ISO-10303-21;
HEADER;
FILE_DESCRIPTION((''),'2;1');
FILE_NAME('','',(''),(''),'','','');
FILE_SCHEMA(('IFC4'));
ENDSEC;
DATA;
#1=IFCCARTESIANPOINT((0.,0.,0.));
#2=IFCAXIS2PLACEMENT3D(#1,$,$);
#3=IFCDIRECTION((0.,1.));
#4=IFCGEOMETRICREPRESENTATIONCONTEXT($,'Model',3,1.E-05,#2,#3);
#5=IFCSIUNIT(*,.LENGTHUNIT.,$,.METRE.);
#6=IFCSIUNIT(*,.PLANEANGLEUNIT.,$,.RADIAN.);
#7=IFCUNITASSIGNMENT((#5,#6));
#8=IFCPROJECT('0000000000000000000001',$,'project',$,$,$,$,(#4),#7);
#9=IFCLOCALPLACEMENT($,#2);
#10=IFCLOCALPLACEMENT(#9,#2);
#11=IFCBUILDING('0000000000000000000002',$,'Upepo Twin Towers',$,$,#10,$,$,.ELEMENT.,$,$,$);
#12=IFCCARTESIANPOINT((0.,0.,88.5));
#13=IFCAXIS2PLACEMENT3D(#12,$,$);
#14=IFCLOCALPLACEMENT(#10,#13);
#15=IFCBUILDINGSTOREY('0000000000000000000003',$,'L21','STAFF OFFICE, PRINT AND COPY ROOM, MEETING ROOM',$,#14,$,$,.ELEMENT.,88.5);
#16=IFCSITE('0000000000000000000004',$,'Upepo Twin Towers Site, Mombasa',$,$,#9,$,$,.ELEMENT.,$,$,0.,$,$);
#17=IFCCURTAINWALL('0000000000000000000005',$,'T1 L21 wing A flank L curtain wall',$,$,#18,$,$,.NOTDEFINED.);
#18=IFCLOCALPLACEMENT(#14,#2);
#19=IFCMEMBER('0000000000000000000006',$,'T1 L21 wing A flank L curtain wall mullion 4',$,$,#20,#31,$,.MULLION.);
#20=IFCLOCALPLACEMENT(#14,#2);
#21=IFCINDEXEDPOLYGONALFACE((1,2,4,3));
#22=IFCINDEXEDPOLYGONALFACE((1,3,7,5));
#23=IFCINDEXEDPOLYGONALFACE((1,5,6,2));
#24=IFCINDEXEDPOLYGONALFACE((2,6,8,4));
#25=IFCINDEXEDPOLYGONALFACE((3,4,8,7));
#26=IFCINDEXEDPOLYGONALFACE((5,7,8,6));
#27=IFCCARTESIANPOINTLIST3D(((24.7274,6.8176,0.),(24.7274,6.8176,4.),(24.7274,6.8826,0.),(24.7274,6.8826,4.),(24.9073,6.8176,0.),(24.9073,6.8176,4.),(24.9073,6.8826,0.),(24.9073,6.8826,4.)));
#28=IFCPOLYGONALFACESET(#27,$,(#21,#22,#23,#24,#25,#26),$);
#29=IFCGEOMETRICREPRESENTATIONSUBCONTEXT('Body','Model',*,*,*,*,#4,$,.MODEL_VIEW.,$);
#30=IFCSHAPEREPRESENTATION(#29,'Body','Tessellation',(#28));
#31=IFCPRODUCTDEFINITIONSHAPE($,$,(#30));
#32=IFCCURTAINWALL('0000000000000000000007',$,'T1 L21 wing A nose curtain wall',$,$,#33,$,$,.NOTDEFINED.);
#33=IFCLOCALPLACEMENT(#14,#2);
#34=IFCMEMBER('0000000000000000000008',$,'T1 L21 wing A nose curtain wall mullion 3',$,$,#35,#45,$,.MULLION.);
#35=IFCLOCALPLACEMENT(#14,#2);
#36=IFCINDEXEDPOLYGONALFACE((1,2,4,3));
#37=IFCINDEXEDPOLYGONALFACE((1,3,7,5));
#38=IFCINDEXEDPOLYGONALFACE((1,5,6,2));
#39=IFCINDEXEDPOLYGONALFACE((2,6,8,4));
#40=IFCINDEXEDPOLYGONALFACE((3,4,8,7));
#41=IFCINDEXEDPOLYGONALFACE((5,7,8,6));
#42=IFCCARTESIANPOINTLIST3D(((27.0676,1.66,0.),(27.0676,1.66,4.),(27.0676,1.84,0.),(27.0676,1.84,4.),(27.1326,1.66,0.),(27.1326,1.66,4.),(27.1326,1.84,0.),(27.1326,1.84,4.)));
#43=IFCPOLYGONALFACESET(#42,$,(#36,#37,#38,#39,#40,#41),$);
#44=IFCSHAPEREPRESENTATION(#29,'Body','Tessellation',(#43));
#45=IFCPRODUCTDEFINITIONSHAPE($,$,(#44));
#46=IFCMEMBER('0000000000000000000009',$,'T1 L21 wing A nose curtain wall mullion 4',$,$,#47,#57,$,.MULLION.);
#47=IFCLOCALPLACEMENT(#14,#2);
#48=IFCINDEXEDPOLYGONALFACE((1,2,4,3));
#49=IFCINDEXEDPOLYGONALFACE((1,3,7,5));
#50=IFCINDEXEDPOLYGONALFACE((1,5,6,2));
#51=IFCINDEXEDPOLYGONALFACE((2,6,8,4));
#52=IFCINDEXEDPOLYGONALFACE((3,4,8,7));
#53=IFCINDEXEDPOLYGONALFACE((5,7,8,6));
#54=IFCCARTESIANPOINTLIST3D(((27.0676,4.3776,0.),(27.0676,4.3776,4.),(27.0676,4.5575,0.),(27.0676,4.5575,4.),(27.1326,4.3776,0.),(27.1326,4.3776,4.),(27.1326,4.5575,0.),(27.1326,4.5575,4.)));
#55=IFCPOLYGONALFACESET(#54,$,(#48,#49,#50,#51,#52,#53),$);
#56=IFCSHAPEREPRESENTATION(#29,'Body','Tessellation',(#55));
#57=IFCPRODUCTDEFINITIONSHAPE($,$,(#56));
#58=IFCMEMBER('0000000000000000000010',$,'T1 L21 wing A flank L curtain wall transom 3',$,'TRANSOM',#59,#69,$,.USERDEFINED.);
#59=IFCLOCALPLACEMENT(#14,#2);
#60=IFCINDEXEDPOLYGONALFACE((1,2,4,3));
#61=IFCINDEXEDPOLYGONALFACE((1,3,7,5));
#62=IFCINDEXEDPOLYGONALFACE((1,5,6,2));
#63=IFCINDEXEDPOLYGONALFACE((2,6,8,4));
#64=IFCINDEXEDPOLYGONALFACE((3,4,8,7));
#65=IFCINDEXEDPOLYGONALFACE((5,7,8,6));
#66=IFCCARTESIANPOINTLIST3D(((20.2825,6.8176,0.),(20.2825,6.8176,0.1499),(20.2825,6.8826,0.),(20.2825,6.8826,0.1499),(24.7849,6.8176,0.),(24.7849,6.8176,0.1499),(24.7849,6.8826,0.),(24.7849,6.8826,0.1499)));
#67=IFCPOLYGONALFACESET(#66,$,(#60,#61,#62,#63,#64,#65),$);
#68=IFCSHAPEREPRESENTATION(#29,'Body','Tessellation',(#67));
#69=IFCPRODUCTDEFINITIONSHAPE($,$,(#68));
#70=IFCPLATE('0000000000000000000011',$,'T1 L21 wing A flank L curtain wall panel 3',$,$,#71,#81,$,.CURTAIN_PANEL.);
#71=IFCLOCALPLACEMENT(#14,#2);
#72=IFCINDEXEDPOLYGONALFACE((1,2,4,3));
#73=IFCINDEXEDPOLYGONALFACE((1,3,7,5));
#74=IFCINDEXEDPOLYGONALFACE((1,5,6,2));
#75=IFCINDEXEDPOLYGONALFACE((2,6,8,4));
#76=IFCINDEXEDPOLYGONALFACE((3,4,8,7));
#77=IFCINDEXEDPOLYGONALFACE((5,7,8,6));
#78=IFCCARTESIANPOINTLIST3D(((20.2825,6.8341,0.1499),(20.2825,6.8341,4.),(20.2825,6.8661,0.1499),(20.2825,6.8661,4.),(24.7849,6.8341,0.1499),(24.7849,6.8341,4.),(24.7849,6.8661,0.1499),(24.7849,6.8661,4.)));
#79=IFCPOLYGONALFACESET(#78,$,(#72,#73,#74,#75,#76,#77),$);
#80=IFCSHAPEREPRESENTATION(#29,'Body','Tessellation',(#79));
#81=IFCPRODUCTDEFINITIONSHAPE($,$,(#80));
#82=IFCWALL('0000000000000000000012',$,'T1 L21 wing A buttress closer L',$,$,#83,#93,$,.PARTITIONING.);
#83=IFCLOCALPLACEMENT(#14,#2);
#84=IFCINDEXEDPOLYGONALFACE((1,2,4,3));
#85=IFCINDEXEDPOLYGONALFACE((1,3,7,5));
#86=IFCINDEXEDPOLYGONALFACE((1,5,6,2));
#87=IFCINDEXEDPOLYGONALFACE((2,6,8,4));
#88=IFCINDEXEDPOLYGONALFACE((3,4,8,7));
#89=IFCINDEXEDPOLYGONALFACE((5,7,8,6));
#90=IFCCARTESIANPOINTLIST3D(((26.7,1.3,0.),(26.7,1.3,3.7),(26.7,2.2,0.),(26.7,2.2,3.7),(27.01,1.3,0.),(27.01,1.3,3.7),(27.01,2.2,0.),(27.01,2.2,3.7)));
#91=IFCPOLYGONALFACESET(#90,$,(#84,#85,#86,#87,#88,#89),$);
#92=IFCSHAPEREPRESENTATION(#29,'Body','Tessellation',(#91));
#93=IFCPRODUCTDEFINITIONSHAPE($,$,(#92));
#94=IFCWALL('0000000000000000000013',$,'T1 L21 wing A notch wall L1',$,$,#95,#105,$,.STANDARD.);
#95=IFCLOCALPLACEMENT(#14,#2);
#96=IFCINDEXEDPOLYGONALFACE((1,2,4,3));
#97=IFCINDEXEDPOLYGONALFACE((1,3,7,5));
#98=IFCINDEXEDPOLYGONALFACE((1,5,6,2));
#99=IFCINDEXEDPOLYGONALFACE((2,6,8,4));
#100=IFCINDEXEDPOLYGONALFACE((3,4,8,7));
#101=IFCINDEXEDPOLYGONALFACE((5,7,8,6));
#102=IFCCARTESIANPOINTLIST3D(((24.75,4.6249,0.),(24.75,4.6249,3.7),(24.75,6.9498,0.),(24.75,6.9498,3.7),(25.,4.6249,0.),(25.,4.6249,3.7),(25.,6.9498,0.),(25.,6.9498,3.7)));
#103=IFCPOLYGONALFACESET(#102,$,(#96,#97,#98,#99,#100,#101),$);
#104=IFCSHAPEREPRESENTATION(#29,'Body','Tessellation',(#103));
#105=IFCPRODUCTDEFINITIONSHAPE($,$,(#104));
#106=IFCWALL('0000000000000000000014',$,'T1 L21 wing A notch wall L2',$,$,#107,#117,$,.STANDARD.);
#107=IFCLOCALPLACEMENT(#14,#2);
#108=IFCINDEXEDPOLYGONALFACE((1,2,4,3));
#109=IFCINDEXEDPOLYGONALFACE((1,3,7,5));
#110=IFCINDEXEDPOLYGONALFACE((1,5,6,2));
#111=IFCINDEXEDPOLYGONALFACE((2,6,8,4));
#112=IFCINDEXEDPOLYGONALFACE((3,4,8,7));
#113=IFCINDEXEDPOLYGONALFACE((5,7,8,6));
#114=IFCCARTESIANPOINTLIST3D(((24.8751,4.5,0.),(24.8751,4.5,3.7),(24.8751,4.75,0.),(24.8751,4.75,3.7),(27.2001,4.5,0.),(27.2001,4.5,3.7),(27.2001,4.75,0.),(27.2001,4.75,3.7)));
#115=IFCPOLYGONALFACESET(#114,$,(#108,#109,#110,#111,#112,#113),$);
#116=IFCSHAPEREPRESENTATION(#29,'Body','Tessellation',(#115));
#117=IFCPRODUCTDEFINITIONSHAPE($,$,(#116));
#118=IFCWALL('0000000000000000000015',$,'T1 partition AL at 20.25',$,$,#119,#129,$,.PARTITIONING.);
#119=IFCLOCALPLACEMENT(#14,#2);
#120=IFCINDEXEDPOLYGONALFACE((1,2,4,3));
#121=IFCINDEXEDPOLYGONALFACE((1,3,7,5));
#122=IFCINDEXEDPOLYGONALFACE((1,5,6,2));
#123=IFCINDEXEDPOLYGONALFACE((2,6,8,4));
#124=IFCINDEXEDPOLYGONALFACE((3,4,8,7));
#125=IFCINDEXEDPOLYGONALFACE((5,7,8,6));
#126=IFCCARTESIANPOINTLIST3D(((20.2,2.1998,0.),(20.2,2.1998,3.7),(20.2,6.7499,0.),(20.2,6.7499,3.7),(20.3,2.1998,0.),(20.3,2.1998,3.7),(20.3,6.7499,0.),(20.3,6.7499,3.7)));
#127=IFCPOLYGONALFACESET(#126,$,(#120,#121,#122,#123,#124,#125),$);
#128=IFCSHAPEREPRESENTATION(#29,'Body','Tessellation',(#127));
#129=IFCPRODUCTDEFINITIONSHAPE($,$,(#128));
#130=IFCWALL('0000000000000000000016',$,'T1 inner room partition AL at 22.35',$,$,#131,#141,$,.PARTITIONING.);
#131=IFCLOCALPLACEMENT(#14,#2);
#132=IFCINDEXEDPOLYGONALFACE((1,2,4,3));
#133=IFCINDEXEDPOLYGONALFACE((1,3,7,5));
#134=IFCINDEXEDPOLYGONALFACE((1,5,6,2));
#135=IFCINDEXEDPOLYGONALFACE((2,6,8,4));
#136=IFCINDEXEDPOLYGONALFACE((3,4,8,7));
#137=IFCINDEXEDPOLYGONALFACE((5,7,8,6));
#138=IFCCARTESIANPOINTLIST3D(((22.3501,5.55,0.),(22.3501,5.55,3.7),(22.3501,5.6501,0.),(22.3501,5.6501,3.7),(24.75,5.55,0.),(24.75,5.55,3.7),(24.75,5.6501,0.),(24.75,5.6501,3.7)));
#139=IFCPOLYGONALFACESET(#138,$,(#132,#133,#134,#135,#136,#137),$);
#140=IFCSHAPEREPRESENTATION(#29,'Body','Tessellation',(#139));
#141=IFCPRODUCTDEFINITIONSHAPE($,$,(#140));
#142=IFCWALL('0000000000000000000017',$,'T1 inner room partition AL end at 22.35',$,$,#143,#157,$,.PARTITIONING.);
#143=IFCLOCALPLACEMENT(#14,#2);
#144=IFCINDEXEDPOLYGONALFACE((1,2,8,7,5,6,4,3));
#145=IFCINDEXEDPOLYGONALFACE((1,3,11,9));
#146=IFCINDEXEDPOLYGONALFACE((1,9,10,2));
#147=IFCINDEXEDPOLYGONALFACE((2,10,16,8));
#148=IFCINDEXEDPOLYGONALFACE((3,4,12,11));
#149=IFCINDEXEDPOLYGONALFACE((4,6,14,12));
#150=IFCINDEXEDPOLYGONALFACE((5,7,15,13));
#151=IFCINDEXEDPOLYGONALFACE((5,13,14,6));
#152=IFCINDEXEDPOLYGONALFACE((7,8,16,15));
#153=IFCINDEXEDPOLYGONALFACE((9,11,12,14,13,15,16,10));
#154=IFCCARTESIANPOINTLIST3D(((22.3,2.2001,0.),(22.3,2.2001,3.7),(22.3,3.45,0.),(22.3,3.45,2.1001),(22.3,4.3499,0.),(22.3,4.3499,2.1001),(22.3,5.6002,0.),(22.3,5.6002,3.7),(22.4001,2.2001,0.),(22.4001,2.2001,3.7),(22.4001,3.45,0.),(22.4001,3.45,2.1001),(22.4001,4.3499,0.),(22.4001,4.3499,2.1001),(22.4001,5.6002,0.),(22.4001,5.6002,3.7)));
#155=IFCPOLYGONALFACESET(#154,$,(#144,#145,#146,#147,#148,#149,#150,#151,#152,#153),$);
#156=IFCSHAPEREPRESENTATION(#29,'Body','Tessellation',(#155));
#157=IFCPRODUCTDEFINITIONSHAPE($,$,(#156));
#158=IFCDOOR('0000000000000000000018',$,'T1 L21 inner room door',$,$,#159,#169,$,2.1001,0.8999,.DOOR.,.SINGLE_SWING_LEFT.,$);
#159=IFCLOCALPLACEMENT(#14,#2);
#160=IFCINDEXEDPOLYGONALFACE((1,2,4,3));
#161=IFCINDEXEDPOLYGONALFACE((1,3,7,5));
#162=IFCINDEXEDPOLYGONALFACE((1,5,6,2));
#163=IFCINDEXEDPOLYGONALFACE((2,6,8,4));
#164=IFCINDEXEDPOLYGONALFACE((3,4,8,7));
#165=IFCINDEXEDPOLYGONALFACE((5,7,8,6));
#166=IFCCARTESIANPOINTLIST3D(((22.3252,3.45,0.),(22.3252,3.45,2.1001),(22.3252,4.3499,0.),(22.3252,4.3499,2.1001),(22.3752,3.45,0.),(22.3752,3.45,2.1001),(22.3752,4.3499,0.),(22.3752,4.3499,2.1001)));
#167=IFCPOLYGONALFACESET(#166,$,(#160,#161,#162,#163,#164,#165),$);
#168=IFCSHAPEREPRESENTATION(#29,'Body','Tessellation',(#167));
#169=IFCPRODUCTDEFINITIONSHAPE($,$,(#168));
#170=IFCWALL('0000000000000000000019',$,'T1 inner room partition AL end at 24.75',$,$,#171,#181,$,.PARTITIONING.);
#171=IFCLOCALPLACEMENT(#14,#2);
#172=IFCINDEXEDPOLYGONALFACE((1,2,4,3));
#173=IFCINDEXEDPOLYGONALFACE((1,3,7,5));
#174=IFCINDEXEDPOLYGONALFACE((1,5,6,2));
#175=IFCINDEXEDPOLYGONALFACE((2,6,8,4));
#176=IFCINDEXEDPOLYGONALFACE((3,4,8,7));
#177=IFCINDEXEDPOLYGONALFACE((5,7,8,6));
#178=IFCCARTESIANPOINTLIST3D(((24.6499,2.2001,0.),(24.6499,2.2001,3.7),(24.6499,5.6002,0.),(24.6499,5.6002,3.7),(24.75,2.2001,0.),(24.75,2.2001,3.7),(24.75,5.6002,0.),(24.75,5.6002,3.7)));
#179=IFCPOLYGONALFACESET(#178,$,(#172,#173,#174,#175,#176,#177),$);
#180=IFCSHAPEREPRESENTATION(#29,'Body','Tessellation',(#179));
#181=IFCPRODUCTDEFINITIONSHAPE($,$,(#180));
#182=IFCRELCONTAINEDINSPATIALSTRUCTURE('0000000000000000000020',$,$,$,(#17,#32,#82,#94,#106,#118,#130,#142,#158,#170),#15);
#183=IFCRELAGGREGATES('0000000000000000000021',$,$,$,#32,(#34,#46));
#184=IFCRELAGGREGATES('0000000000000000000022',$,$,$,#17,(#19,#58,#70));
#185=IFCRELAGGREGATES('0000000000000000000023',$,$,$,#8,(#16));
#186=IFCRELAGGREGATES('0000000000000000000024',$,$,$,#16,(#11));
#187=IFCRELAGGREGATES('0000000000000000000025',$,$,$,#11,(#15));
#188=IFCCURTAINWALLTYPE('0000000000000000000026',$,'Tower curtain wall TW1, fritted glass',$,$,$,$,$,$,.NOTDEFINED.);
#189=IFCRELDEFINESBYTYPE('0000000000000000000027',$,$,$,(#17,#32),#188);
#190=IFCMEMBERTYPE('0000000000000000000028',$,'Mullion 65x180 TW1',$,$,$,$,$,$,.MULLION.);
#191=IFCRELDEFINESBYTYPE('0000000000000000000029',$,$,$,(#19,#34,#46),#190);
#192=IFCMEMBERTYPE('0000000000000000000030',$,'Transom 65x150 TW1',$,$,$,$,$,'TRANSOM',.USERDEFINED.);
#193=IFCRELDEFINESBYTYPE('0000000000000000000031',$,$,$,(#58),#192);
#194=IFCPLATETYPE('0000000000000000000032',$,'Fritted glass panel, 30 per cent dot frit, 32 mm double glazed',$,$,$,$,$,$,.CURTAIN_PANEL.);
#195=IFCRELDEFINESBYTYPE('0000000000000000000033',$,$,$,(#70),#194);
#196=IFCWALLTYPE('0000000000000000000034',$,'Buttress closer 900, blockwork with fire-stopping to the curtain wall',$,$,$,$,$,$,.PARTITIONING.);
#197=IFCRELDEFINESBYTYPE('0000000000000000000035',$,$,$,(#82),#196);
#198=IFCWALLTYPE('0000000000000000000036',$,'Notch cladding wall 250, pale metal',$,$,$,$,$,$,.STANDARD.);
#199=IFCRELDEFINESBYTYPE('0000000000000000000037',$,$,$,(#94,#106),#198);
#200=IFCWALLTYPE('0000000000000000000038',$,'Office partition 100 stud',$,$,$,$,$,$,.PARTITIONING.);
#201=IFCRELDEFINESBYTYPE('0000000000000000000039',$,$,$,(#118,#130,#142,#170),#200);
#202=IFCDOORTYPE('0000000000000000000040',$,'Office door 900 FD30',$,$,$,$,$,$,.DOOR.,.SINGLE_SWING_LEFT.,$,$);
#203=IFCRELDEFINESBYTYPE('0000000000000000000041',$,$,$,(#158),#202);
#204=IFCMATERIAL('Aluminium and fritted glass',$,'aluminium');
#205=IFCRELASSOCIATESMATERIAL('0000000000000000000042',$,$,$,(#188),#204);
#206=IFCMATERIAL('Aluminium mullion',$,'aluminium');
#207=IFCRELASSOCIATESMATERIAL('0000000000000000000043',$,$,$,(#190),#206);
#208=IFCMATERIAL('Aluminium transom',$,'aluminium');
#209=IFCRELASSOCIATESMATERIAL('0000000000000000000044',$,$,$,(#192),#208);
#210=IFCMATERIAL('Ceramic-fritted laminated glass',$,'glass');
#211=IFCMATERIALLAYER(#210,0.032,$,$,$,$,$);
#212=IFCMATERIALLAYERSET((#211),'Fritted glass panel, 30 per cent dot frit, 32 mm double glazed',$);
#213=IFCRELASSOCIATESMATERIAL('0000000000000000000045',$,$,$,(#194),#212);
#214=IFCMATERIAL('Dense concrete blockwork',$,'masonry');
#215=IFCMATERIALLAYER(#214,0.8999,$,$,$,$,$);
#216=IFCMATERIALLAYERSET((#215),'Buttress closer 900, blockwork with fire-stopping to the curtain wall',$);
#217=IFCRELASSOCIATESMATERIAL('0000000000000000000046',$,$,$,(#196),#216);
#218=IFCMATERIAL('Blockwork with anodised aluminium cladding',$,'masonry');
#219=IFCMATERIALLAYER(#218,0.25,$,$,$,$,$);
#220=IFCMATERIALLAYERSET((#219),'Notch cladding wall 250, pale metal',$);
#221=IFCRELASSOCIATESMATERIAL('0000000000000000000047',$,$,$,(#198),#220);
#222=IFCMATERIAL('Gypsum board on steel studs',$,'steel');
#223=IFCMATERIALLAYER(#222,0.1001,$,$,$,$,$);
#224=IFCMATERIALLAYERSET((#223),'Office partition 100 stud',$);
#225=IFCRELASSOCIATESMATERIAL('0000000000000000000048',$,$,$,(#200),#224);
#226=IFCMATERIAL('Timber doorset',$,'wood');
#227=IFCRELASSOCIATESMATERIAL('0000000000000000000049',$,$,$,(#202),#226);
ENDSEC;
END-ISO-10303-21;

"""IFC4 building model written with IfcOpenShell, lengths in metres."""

from ifc_helpers import new_model, si_unit, direction, frame, frame_2d, origin, origin_2d, place, context, subcontext, project, spatial, rectangle, extrude, material, layer, layer_set, material_profile, profile_set, type_object, element, fill, aggregate, save


model = new_model("IFC4")

# Units and contexts
model_context = context("Model", 3, precision=1e-05, world=origin(), true_north=direction((0.0, 1.0)))
body_context = subcontext(model_context, "Body", "Model", "MODEL_VIEW")
ifc_project = project(units=[si_unit("LENGTHUNIT", "METRE"), si_unit("PLANEANGLEUNIT", "RADIAN")], contexts=[model_context])

# Site, building, storey
site_placement = place(None, origin())
site = spatial("IfcSite", under=ifc_project, at=site_placement, Name="Upepo Twin Towers Site, Mombasa", CompositionType="ELEMENT", RefElevation=0.0)
building_placement = place(site_placement, origin())
building = spatial("IfcBuilding", under=site, at=building_placement, Name="Upepo Twin Towers", CompositionType="ELEMENT")
storey_placement = place(building_placement, frame((0.0, 0.0, 88.5)))
storey = spatial("IfcBuildingStorey", under=building, at=storey_placement, Name="L21", Description="STAFF OFFICE, PRINT AND COPY ROOM, MEETING ROOM", CompositionType="ELEMENT", Elevation=88.5)

# Curtain walls, members
ifc_material_1 = material(Name="Aluminium and fritted glass", Category="aluminium")
curtain_wall_type = type_object("IfcCurtainWallType", Name="Tower curtain wall TW1, fritted glass", PredefinedType="NOTDEFINED", material=ifc_material_1)
curtain_wall_1_placement = place(storey_placement, origin())
curtain_wall_1 = element("IfcCurtainWall", 1, at=curtain_wall_1_placement, inside=storey, type_object=curtain_wall_type, Name="T1 L21 wing A flank L curtain wall", PredefinedType="NOTDEFINED")
ifc_material_2 = material(Name="Aluminium mullion", Category="aluminium")
ifc_material_profile_1 = material_profile(ifc_material_2, rectangle(XDim=0.0649, YDim=0.1799, at=origin_2d()), Name="MULLION 65x180")
ifc_profile_set_1 = profile_set([ifc_material_profile_1], Name="Aluminium mullion")
member_type_1 = type_object("IfcMemberType", Name="Mullion 65x180 TW1", PredefinedType="MULLION", material=ifc_profile_set_1)
member_1_placement = place(storey_placement, frame((24.8174, 6.8501, 0.0), z_axis=(0.0, 0.0, 1.0), x_axis=(0.0, 1.0, 0.0)))
member_1 = element("IfcMember", 2, at=member_1_placement, type_object=member_type_1, Name="T1 L21 wing A flank L curtain wall mullion 4", PredefinedType="MULLION", context=body_context, shape_type="SweptSolid", body=[
    extrude(rectangle(XDim=0.0649, YDim=0.1799, at=origin_2d()), origin(), (0.0, 0.0, 1.0), 4.0),
])
curtain_wall_2_placement = place(storey_placement, origin())
curtain_wall_2 = element("IfcCurtainWall", 3, at=curtain_wall_2_placement, inside=storey, type_object=curtain_wall_type, Name="T1 L21 wing A nose curtain wall", PredefinedType="NOTDEFINED")
member_2_placement = place(storey_placement, frame((27.1001, 1.75, 0.0), z_axis=(0.0, 0.0, 1.0), x_axis=(-1.0, 0.0, 0.0)))
member_2 = element("IfcMember", 4, at=member_2_placement, type_object=member_type_1, Name="T1 L21 wing A nose curtain wall mullion 3", PredefinedType="MULLION", context=body_context, shape_type="SweptSolid", body=[
    extrude(rectangle(XDim=0.0649, YDim=0.1799, at=origin_2d()), origin(), (0.0, 0.0, 1.0), 4.0),
])
member_3_placement = place(storey_placement, frame((27.1001, 4.4675, 0.0), z_axis=(0.0, 0.0, 1.0), x_axis=(-1.0, 0.0, 0.0)))
member_3 = element("IfcMember", 5, at=member_3_placement, type_object=member_type_1, Name="T1 L21 wing A nose curtain wall mullion 4", PredefinedType="MULLION", context=body_context, shape_type="SweptSolid", body=[
    extrude(rectangle(XDim=0.0649, YDim=0.1799, at=origin_2d()), origin(), (0.0, 0.0, 1.0), 4.0),
])
aggregate(curtain_wall_2, [member_2, member_3])

# Member
ifc_material_3 = material(Name="Aluminium transom", Category="aluminium")
ifc_material_profile_2 = material_profile(ifc_material_3, rectangle(XDim=0.0649, YDim=0.1499, at=origin_2d()), Name="TRANSOM 65x150")
ifc_profile_set_2 = profile_set([ifc_material_profile_2], Name="Aluminium transom")
member_type_2 = type_object("IfcMemberType", Name="Transom 65x150 TW1", ElementType="TRANSOM", PredefinedType="USERDEFINED", material=ifc_profile_set_2)
member_4_placement = place(storey_placement, frame((20.2825, 6.8501, 0.075), z_axis=(1.0, 0.0, 0.0), x_axis=(0.0, 1.0, 0.0)))
member_4 = element("IfcMember", 6, at=member_4_placement, type_object=member_type_2, Name="T1 L21 wing A flank L curtain wall transom 3", ObjectType="TRANSOM", PredefinedType="USERDEFINED", context=body_context, shape_type="SweptSolid", body=[
    extrude(rectangle(XDim=0.0649, YDim=0.1499, at=origin_2d()), origin(), (0.0, 0.0, 1.0), 4.5024),
])

# Plate
ifc_material_4 = material(Name="Ceramic-fritted laminated glass", Category="glass")
ifc_layer_1 = layer(ifc_material_4, 0.032)
ifc_layer_set_1 = layer_set([ifc_layer_1], Name="Fritted glass panel, 30 per cent dot frit, 32 mm double glazed")
plate_type = type_object("IfcPlateType", Name="Fritted glass panel, 30 per cent dot frit, 32 mm double glazed", PredefinedType="CURTAIN_PANEL", material=ifc_layer_set_1)
plate_placement = place(storey_placement, frame((22.5337, 6.8501, 0.1499), z_axis=(0.0, 0.0, 1.0), x_axis=(1.0, 0.0, 0.0)))
plate = element("IfcPlate", 7, at=plate_placement, type_object=plate_type, Name="T1 L21 wing A flank L curtain wall panel 3", PredefinedType="CURTAIN_PANEL", context=body_context, shape_type="SweptSolid", body=[
    extrude(rectangle(XDim=4.5024, YDim=0.032, at=origin_2d()), origin(), (0.0, 0.0, 1.0), 3.8501),
])
aggregate(curtain_wall_1, [member_1, member_4, plate])

# Walls
ifc_material_5 = material(Name="Dense concrete blockwork", Category="masonry")
ifc_layer_2 = layer(ifc_material_5, 0.8999)
ifc_layer_set_2 = layer_set([ifc_layer_2], Name="Buttress closer 900, blockwork with fire-stopping to the curtain wall")
wall_type_1 = type_object("IfcWallType", Name="Buttress closer 900, blockwork with fire-stopping to the curtain wall", PredefinedType="PARTITIONING", material=ifc_layer_set_2)
wall_1_placement = place(storey_placement, frame((26.7, 1.75, 0.0), z_axis=(0.0, 0.0, 1.0), x_axis=(1.0, 0.0, 0.0)))
element("IfcWall", 8, at=wall_1_placement, inside=storey, type_object=wall_type_1, Name="T1 L21 wing A buttress closer L", PredefinedType="PARTITIONING", context=body_context, shape_type="SweptSolid", body=[
    extrude(rectangle(XDim=0.3101, YDim=0.8999, at=frame_2d((0.155, 0.0))), origin(), (0.0, 0.0, 1.0), 3.7),
])
ifc_material_6 = material(Name="Blockwork with anodised aluminium cladding", Category="masonry")
ifc_layer_3 = layer(ifc_material_6, 0.25)
ifc_layer_set_3 = layer_set([ifc_layer_3], Name="Notch cladding wall 250, pale metal")
wall_type_2 = type_object("IfcWallType", Name="Notch cladding wall 250, pale metal", PredefinedType="STANDARD", material=ifc_layer_set_3)
for number, where, z_axis, x_axis, name in (
    (9, (24.875, 6.95, 0.0), (0.0, 0.0, 1.0), (0.0, -1.0, 0.0), "T1 L21 wing A notch wall L1"),
    (10, (24.875, 4.625, 0.0), (0.0, 0.0, 1.0), (1.0, 0.0, 0.0), "T1 L21 wing A notch wall L2"),
):
    element("IfcWall", number, at=place(storey_placement, frame(where, z_axis=z_axis, x_axis=x_axis)), inside=storey, type_object=wall_type_2, Name=name, PredefinedType="STANDARD", context=body_context, shape_type="SweptSolid", body=[
        extrude(rectangle(XDim=2.325, YDim=0.25, at=frame_2d((1.1626, 0.0))), origin(), (0.0, 0.0, 1.0), 3.7),
    ])
ifc_material_7 = material(Name="Gypsum board on steel studs", Category="steel")
ifc_layer_4 = layer(ifc_material_7, 0.1001)
ifc_layer_set_4 = layer_set([ifc_layer_4], Name="Office partition 100 stud")
wall_type_3 = type_object("IfcWallType", Name="Office partition 100 stud", PredefinedType="PARTITIONING", material=ifc_layer_set_4)
wall_2_placement = place(storey_placement, frame((20.25, 2.2, 0.0), z_axis=(0.0, 0.0, 1.0), x_axis=(0.0, 1.0, 0.0)))
element("IfcWall", 11, at=wall_2_placement, inside=storey, type_object=wall_type_3, Name="T1 partition AL at 20.25", PredefinedType="PARTITIONING", context=body_context, shape_type="SweptSolid", body=[
    extrude(rectangle(XDim=4.55, YDim=0.1001, at=frame_2d((2.2749, 0.0))), origin(), (0.0, 0.0, 1.0), 3.7),
])
wall_3_placement = place(storey_placement, frame((22.3501, 5.6001, 0.0), z_axis=(0.0, 0.0, 1.0), x_axis=(1.0, 0.0, 0.0)))
element("IfcWall", 12, at=wall_3_placement, inside=storey, type_object=wall_type_3, Name="T1 inner room partition AL at 22.35", PredefinedType="PARTITIONING", context=body_context, shape_type="SweptSolid", body=[
    extrude(rectangle(XDim=2.3999, YDim=0.1001, at=frame_2d((1.2, 0.0))), origin(), (0.0, 0.0, 1.0), 3.7),
])

# Wall, opening, door
wall_4_placement = place(storey_placement, frame((22.3501, 2.2, 0.0), z_axis=(0.0, 0.0, 1.0), x_axis=(0.0, 1.0, 0.0)))
wall_4 = element("IfcWall", 13, at=wall_4_placement, inside=storey, type_object=wall_type_3, Name="T1 inner room partition AL end at 22.35", PredefinedType="PARTITIONING", context=body_context, shape_type="SweptSolid", body=[
    extrude(rectangle(XDim=3.4001, YDim=0.1001, at=frame_2d((1.7002, 0.0))), origin(), (0.0, 0.0, 1.0), 3.7),
])
opening_placement = place(wall_4_placement, frame((1.25, 0.0, 0.0)))
opening = element("IfcOpeningElement", 14, at=opening_placement, cuts=wall_4, PredefinedType="OPENING", context=body_context, shape_type="SweptSolid", body=[
    extrude(rectangle(XDim=0.8999, YDim=2.1001, at=frame_2d((0.45, 1.05))), frame((0.0, 0.0601, 0.0), z_axis=(0.0, -1.0, 0.0), x_axis=(1.0, 0.0, 0.0)), (0.0, 0.0, 1.0), 0.1201),
])
ifc_material_8 = material(Name="Timber doorset", Category="wood")
door_type = type_object("IfcDoorType", Name="Office door 900 FD30", OperationType="SINGLE_SWING_LEFT", PredefinedType="DOOR", material=ifc_material_8)
door_placement = place(opening_placement, origin())
door = element("IfcDoor", 15, at=door_placement, inside=storey, type_object=door_type, Name="T1 L21 inner room door", OperationType="SINGLE_SWING_LEFT", OverallHeight=2.1001, OverallWidth=0.8999, PredefinedType="DOOR", context=body_context, shape_type="SweptSolid", body=[
    extrude(rectangle(XDim=0.8999, YDim=2.1001, at=frame_2d((0.45, 1.05))), frame((0.0, 0.0249, 0.0), z_axis=(0.0, -1.0, 0.0), x_axis=(1.0, 0.0, 0.0)), (0.0, 0.0, 1.0), 0.05),
])
fill(opening, door)

# Wall
wall_5_placement = place(storey_placement, frame((24.7, 2.2, 0.0), z_axis=(0.0, 0.0, 1.0), x_axis=(0.0, 1.0, 0.0)))
element("IfcWall", 16, at=wall_5_placement, inside=storey, type_object=wall_type_3, Name="T1 inner room partition AL end at 24.75", PredefinedType="PARTITIONING", context=body_context, shape_type="SweptSolid", body=[
    extrude(rectangle(XDim=3.4001, YDim=0.1001, at=frame_2d((1.7002, 0.0))), origin(), (0.0, 0.0, 1.0), 3.7),
])

save(model, "model.ifc")
